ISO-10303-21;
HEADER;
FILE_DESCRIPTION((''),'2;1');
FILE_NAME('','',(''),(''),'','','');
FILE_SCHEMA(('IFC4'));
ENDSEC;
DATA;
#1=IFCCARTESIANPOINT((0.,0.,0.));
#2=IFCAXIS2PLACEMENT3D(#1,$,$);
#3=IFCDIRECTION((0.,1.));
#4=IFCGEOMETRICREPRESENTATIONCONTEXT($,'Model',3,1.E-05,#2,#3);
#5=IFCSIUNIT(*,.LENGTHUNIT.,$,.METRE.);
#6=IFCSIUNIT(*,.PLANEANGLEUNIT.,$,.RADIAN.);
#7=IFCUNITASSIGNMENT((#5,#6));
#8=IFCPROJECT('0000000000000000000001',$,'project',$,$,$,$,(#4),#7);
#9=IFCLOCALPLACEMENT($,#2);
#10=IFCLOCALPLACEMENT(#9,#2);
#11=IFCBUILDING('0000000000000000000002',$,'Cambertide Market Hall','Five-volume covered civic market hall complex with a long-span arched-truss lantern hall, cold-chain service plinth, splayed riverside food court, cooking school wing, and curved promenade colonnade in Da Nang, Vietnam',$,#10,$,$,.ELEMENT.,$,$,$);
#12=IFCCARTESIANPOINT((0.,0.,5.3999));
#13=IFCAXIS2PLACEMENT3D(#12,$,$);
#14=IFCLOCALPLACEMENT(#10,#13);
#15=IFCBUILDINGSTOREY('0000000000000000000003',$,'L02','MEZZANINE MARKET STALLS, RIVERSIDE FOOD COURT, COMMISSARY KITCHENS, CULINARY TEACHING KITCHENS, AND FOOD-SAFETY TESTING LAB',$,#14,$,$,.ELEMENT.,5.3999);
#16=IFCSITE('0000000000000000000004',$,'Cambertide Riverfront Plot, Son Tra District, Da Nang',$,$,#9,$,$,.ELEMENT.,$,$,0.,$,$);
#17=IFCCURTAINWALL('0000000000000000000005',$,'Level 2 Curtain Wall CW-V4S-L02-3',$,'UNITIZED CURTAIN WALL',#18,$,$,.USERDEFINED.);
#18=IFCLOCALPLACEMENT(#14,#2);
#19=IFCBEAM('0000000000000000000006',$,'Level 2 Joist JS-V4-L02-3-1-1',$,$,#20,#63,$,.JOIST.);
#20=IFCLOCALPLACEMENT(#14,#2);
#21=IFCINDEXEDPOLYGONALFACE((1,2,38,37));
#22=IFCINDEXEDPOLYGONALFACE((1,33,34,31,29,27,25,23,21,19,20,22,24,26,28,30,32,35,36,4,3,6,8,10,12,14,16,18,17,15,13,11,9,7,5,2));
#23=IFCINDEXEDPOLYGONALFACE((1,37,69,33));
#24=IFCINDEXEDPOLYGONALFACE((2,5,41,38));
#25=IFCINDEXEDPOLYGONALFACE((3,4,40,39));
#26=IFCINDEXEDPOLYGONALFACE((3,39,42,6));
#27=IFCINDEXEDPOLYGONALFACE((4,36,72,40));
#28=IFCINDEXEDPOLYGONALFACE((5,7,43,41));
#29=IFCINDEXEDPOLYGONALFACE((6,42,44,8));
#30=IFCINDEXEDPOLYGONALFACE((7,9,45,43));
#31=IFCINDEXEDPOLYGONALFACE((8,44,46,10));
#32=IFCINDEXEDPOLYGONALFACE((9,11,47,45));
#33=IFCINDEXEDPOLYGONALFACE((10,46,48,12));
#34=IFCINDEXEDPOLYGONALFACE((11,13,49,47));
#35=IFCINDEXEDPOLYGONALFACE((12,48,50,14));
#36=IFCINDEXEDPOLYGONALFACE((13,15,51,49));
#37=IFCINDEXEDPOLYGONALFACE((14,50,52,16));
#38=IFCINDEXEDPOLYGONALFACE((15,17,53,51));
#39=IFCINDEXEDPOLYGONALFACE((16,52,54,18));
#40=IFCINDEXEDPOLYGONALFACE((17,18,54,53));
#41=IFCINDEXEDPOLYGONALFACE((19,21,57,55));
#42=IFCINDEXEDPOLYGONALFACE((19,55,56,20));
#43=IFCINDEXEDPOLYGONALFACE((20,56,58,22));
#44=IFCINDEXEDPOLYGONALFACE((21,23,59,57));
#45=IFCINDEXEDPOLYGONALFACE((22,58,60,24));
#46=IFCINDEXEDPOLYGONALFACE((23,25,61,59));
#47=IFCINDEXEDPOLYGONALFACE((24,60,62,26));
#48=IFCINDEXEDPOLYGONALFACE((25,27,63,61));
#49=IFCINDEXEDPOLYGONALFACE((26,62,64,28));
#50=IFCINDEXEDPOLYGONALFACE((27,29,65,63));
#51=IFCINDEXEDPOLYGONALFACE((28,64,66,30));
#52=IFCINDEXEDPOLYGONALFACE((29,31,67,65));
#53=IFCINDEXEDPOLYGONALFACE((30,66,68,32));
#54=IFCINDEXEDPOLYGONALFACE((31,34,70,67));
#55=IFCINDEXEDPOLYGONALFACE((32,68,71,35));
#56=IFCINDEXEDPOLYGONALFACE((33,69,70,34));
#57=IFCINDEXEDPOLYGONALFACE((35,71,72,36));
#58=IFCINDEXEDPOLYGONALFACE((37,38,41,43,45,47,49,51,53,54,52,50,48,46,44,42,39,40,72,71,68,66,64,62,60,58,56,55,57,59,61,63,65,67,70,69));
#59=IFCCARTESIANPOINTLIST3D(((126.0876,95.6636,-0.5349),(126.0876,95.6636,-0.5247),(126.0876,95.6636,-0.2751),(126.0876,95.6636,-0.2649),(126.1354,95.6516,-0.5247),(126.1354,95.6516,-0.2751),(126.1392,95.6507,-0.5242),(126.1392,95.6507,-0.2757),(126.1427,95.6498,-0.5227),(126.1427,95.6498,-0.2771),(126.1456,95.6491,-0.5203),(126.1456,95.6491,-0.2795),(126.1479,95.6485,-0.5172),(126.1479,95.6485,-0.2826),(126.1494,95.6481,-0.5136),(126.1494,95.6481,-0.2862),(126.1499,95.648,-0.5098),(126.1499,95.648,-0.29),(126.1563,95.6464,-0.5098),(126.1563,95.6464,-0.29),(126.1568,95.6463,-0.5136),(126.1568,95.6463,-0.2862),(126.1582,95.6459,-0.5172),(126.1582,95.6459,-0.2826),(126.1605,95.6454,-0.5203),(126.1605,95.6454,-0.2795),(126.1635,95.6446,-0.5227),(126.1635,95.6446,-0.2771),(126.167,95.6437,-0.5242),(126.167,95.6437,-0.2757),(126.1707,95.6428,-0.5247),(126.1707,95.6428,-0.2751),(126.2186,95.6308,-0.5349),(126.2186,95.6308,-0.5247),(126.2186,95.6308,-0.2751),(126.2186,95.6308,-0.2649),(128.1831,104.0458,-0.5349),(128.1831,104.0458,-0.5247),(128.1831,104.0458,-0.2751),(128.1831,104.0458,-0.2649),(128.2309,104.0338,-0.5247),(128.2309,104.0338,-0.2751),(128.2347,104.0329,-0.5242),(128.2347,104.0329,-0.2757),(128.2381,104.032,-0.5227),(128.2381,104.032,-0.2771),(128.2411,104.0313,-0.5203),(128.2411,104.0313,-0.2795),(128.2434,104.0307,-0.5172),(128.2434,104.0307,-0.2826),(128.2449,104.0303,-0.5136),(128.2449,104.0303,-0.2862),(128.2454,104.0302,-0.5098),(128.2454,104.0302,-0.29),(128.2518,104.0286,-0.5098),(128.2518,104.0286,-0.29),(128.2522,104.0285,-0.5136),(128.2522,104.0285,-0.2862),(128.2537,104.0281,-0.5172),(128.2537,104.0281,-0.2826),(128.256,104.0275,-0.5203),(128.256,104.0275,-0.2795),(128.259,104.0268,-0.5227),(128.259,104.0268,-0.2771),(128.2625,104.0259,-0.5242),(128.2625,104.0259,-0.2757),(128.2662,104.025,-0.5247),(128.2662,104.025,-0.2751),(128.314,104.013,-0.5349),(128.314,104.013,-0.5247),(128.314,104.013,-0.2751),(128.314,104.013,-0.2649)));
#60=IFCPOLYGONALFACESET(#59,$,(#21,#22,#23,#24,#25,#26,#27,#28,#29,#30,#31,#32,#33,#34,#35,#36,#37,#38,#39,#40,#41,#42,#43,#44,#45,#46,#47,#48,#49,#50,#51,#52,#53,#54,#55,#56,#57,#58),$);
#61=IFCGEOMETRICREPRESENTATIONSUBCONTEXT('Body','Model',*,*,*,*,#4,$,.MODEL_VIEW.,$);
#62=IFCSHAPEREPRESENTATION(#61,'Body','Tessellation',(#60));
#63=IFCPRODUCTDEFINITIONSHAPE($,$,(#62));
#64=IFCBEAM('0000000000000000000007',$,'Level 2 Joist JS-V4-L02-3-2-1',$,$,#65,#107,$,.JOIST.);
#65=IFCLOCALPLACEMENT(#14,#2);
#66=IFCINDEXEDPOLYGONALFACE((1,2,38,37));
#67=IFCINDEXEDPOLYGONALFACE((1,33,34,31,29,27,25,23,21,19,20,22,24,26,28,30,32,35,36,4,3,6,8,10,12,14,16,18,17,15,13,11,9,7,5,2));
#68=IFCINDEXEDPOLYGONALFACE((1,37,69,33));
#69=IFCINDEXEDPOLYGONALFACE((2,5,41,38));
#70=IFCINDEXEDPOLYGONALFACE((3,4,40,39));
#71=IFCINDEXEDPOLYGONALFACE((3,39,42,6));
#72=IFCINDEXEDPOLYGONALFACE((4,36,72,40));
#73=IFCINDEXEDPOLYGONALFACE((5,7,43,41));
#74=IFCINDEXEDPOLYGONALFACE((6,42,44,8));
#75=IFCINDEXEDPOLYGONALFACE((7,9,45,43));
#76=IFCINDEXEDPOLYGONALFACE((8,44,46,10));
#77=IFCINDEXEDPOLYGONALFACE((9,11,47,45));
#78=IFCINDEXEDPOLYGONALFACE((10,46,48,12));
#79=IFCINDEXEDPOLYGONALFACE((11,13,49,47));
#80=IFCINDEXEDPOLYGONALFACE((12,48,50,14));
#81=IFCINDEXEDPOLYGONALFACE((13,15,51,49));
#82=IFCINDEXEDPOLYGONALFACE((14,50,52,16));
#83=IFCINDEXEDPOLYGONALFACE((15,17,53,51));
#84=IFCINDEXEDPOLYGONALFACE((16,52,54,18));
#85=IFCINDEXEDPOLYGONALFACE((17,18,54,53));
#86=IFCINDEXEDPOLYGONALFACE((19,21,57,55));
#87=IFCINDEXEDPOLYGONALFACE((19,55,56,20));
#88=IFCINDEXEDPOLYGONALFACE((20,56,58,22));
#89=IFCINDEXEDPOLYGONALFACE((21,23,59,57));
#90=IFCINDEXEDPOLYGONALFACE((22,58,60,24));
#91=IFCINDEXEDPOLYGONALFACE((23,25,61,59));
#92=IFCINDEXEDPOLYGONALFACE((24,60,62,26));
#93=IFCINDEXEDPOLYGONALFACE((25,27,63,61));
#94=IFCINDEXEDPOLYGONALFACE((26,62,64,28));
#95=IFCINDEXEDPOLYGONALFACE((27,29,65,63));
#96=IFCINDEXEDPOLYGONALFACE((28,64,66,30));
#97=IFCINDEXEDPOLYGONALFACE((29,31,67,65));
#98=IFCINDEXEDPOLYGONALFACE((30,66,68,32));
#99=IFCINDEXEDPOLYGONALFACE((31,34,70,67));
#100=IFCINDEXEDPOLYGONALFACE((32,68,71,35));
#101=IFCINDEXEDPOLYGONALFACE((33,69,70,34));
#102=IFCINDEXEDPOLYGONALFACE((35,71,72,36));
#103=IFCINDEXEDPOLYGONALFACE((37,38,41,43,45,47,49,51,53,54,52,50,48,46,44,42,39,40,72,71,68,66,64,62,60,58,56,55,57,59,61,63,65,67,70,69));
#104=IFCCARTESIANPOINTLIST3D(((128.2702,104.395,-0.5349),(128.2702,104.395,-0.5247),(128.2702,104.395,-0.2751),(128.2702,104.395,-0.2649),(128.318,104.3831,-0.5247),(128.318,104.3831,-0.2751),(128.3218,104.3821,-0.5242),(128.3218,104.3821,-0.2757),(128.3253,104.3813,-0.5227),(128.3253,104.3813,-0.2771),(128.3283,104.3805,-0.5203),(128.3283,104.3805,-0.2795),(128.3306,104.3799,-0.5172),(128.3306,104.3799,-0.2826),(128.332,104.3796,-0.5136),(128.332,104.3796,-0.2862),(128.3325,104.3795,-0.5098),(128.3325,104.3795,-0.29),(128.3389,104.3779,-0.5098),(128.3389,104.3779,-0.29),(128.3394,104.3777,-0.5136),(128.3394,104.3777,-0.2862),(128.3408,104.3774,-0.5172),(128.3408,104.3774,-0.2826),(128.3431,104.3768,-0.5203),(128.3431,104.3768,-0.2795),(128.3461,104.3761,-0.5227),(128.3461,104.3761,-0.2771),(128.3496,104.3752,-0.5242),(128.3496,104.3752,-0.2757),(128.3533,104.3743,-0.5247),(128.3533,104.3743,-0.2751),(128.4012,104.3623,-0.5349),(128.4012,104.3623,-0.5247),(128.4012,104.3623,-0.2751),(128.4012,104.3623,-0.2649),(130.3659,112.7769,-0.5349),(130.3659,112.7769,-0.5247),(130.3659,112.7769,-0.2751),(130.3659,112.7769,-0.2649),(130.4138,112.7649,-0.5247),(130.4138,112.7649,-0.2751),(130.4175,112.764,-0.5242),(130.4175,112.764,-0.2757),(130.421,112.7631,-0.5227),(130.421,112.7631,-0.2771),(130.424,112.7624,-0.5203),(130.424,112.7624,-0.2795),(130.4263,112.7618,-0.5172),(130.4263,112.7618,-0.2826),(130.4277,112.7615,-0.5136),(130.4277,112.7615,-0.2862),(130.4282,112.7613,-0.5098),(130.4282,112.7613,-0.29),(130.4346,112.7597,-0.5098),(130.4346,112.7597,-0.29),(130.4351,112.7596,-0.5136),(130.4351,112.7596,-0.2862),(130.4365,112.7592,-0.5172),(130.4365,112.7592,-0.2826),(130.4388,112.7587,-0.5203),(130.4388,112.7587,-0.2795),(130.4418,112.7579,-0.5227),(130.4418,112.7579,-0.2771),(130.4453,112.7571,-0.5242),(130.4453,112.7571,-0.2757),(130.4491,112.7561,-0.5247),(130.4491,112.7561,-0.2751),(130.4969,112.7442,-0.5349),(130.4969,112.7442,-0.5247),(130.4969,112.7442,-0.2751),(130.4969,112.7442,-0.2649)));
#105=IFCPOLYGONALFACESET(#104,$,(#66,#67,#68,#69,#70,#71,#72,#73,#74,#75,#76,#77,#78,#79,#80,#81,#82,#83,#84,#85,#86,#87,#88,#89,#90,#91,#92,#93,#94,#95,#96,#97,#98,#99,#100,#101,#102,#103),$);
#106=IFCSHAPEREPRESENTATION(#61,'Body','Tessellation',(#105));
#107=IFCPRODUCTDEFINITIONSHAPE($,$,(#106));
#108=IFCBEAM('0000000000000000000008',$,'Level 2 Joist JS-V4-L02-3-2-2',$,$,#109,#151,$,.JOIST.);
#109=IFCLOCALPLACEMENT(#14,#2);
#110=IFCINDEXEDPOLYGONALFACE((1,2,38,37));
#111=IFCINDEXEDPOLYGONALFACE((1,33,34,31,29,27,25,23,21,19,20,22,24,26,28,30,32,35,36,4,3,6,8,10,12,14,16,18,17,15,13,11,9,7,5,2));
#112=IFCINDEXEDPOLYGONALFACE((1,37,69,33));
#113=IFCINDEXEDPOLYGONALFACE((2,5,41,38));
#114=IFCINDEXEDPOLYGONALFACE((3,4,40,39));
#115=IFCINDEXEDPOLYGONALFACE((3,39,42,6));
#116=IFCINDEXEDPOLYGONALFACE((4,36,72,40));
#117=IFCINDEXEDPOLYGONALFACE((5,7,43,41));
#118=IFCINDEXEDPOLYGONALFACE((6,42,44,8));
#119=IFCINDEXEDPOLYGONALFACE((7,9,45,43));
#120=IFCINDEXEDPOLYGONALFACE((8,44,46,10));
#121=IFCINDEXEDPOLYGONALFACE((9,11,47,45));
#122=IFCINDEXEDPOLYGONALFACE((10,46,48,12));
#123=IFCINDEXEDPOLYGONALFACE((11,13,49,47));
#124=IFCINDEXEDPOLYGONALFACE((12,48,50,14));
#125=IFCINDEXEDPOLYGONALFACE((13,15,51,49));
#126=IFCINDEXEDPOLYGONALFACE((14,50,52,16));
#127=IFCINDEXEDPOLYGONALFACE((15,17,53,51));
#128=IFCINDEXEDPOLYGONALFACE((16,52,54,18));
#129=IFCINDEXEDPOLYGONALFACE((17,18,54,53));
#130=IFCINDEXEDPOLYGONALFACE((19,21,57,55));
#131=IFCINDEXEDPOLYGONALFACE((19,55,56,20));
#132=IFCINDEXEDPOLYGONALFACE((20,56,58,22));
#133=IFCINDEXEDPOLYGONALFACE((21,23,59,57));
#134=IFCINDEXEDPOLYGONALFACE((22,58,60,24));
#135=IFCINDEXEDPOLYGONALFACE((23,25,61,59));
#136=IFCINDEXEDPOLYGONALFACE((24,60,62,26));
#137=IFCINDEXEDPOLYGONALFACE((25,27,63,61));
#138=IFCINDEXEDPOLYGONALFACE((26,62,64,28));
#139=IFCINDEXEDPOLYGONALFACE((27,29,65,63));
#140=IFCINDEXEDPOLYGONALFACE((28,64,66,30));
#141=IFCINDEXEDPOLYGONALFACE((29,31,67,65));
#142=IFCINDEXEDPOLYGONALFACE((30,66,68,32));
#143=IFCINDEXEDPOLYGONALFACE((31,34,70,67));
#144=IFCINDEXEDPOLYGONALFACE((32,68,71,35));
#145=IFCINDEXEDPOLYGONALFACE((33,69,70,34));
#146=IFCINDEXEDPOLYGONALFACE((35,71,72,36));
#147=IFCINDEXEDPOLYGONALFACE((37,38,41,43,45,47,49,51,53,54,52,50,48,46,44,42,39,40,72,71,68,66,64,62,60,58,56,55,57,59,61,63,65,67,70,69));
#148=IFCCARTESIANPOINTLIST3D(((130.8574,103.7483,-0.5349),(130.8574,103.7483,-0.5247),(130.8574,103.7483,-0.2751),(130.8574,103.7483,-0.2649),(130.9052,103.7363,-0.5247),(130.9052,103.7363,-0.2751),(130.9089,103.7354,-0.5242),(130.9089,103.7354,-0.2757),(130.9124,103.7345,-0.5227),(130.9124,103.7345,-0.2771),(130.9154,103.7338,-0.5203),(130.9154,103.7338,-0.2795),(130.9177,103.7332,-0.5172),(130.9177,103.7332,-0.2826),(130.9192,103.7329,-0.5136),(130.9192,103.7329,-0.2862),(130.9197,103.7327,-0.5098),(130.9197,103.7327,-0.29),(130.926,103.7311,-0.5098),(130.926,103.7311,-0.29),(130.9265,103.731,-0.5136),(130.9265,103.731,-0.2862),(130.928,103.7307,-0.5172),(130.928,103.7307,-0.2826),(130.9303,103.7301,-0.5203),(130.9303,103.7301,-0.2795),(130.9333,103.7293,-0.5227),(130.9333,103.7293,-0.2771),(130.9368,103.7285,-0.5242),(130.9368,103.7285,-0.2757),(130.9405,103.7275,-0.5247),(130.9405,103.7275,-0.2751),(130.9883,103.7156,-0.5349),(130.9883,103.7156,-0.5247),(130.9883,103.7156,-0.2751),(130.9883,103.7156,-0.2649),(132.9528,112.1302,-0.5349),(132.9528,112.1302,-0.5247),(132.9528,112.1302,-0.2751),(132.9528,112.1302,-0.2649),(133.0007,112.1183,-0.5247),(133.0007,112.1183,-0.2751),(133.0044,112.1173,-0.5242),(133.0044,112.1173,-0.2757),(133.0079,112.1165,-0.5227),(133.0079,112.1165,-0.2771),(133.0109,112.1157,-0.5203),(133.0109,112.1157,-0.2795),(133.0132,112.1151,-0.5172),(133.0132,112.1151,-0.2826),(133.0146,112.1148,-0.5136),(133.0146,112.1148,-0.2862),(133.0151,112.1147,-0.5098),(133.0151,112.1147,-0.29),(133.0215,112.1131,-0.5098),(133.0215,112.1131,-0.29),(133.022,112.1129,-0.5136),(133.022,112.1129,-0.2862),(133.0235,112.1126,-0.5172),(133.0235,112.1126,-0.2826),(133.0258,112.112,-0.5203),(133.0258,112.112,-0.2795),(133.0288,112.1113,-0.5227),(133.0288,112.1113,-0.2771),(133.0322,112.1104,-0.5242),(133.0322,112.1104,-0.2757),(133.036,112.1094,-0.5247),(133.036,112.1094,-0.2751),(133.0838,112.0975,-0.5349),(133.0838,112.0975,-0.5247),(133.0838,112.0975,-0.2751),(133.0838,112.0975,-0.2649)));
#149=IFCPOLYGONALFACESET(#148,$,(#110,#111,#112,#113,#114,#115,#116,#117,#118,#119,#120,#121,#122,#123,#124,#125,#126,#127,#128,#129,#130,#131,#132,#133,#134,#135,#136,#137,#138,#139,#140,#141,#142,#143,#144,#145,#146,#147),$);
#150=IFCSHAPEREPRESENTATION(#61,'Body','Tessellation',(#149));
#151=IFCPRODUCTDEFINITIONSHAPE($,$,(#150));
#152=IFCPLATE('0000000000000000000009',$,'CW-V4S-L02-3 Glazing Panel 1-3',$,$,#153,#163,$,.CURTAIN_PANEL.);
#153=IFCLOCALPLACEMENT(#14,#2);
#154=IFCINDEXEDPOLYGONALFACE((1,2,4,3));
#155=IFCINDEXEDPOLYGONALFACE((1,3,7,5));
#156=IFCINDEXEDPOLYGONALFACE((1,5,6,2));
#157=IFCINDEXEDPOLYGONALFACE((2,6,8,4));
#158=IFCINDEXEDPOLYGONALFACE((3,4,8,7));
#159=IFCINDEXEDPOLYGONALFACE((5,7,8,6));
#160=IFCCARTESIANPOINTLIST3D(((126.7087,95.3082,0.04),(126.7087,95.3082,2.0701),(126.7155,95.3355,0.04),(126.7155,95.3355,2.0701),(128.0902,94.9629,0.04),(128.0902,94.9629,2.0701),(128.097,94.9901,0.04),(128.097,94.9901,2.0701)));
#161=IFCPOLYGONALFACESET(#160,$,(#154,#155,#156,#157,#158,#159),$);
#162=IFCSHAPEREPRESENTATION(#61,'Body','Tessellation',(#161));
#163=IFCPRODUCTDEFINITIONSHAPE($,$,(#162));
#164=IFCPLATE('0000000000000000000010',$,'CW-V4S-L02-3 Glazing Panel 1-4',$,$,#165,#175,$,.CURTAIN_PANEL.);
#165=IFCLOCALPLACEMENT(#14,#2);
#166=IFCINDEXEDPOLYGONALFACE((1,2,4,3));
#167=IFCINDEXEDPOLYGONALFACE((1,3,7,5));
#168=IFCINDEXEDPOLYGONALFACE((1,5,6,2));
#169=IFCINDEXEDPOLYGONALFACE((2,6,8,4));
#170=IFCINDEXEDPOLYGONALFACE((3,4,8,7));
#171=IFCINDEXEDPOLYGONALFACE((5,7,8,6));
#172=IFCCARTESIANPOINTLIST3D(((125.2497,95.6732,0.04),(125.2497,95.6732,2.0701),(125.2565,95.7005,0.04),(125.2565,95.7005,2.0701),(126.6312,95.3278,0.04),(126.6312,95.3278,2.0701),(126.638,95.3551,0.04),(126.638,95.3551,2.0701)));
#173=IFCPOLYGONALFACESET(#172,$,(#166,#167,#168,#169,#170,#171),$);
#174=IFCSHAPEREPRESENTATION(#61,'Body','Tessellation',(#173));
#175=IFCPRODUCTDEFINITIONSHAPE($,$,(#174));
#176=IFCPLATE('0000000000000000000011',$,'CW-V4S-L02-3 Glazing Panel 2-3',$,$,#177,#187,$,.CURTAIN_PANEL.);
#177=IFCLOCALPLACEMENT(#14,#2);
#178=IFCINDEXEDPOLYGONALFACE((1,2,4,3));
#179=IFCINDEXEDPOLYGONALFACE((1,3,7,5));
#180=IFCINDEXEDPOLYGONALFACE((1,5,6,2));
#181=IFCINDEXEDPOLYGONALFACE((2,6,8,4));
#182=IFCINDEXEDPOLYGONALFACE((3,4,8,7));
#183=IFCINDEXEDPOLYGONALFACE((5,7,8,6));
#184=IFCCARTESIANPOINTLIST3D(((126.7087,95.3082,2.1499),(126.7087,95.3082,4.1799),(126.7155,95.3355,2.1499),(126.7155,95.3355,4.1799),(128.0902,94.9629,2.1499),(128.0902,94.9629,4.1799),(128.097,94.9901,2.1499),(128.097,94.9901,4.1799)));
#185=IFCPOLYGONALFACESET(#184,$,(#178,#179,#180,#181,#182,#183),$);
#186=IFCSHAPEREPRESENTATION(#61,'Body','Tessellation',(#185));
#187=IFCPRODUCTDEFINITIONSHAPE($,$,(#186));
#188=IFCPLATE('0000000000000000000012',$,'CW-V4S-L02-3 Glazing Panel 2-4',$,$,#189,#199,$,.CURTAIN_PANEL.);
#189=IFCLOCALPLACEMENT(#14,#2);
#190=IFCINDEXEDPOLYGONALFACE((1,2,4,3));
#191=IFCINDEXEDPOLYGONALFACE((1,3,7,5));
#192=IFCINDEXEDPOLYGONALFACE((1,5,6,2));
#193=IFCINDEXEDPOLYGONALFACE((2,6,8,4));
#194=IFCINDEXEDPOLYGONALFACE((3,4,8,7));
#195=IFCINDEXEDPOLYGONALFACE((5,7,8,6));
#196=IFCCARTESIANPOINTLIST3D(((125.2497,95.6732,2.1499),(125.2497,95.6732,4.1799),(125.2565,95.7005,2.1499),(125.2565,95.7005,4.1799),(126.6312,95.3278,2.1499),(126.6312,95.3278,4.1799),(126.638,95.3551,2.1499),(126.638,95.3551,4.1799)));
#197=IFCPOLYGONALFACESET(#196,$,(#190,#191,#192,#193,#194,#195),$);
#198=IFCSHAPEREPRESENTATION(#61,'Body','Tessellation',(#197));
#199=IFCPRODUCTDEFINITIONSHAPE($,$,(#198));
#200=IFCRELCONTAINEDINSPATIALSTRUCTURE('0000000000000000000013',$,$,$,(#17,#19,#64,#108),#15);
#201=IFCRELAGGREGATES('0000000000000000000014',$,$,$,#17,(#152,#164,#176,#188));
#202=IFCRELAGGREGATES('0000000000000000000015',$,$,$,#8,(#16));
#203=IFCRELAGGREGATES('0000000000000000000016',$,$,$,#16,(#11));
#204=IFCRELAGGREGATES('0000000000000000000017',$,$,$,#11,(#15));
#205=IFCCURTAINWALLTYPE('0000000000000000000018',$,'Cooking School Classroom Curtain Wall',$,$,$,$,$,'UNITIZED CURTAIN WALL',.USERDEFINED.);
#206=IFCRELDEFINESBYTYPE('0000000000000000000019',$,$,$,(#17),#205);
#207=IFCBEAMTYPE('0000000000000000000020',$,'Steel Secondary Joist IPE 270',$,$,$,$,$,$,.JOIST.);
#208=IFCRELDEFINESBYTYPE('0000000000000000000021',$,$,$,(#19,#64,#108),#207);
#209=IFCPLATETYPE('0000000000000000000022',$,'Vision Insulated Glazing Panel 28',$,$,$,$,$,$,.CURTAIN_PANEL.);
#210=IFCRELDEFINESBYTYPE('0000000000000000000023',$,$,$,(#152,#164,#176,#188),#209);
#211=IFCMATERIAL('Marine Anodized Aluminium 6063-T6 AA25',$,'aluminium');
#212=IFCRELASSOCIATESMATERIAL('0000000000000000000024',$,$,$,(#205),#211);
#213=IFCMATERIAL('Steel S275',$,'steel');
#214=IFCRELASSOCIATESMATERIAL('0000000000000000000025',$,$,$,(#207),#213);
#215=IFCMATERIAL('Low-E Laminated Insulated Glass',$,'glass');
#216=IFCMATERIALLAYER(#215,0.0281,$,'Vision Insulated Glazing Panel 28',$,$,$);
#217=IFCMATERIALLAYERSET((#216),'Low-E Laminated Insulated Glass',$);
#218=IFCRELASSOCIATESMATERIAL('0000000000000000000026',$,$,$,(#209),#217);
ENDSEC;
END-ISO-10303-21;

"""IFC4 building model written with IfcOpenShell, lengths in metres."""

from ifc_helpers import new_model, si_unit, direction, frame, origin, origin_2d, place, context, subcontext, project, spatial, rectangle, i_section, extrude, material, layer, layer_set, material_profile, profile_set, type_object, element, aggregate, save


model = new_model("IFC4")

# Units and contexts
model_context = context("Model", 3, precision=1e-05, world=origin(), true_north=direction((0.0, 1.0)))
body_context = subcontext(model_context, "Body", "Model", "MODEL_VIEW")
ifc_project = project(units=[si_unit("LENGTHUNIT", "METRE"), si_unit("PLANEANGLEUNIT", "RADIAN")], contexts=[model_context])

# Site, building, storey
site_placement = place(None, origin())
site = spatial("IfcSite", under=ifc_project, at=site_placement, Name="Cambertide Riverfront Plot, Son Tra District, Da Nang", CompositionType="ELEMENT", RefElevation=0.0)
building_placement = place(site_placement, origin())
building = spatial("IfcBuilding", under=site, at=building_placement, Name="Cambertide Market Hall", Description="Five-volume covered civic market hall complex with a long-span arched-truss lantern hall, cold-chain service plinth, splayed riverside food court, cooking school wing, and curved promenade colonnade in Da Nang, Vietnam", CompositionType="ELEMENT")
storey_placement = place(building_placement, frame((0.0, 0.0, 5.3999)))
storey = spatial("IfcBuildingStorey", under=building, at=storey_placement, Name="L02", Description="MEZZANINE MARKET STALLS, RIVERSIDE FOOD COURT, COMMISSARY KITCHENS, CULINARY TEACHING KITCHENS, AND FOOD-SAFETY TESTING LAB", CompositionType="ELEMENT", Elevation=5.3999)

# Curtain wall
ifc_material_1 = material(Name="Marine Anodized Aluminium 6063-T6 AA25", Category="aluminium")
curtain_wall_type = type_object("IfcCurtainWallType", Name="Cooking School Classroom Curtain Wall", ElementType="UNITIZED CURTAIN WALL", PredefinedType="USERDEFINED", material=ifc_material_1)
curtain_wall_placement = place(storey_placement, origin())
curtain_wall = element("IfcCurtainWall", 1, at=curtain_wall_placement, inside=storey, type_object=curtain_wall_type, Name="Level 2 Curtain Wall CW-V4S-L02-3", ObjectType="UNITIZED CURTAIN WALL", PredefinedType="USERDEFINED")

# Beams
ifc_material_2 = material(Name="Steel S275", Category="steel")
ifc_material_profile_1 = material_profile(ifc_material_2, i_section(OverallWidth=0.135, OverallDepth=0.27, WebThickness=0.0066, FlangeThickness=0.0103, FilletRadius=0.0149, at=origin_2d()), Name="IPE 270")
ifc_profile_set_1 = profile_set([ifc_material_profile_1], Name="Steel S275")
beam_type_1 = type_object("IfcBeamType", Name="Steel Secondary Joist IPE 270", PredefinedType="JOIST", material=ifc_profile_set_1)
beam_1_placement = place(storey_placement, frame((126.1531, 95.6472, -0.3999), z_axis=(0.242529, 0.970144, 0.0), x_axis=(-0.970144, 0.242529, 0.0)))
element("IfcBeam", 2, at=beam_1_placement, inside=storey, type_object=beam_type_1, Name="Level 2 Joist JS-V4-L02-3-1-1", PredefinedType="JOIST", context=body_context, shape_type="SweptSolid", body=[
    extrude(i_section(OverallWidth=0.135, OverallDepth=0.27, WebThickness=0.0066, FlangeThickness=0.0103, FilletRadius=0.0149, at=origin_2d()), origin(), (0.0, 0.0, 1.0), 8.6401),
])
for number, where, z_axis, x_axis, name in (
    (3, (128.3357, 104.3787, -0.3999), (0.242562, 0.970136, 0.0), (-0.970136, 0.242562, 0.0), "Level 2 Joist JS-V4-L02-3-2-1"),
    (4, (130.9229, 103.7319, -0.3999), (0.242536, 0.970143, 0.0), (-0.970143, 0.242536, 0.0), "Level 2 Joist JS-V4-L02-3-2-2"),
):
    element("IfcBeam", number, at=place(storey_placement, frame(where, z_axis=z_axis, x_axis=x_axis)), inside=storey, type_object=beam_type_1, Name=name, PredefinedType="JOIST", context=body_context, shape_type="SweptSolid", body=[
        extrude(i_section(OverallWidth=0.135, OverallDepth=0.27, WebThickness=0.0066, FlangeThickness=0.0103, FilletRadius=0.0149, at=origin_2d()), origin(), (0.0, 0.0, 1.0), 8.6399),
    ])

# Plates
ifc_material_3 = material(Name="Low-E Laminated Insulated Glass", Category="glass")
ifc_layer_1 = layer(ifc_material_3, 0.0281, Name="Vision Insulated Glazing Panel 28")
ifc_layer_set_1 = layer_set([ifc_layer_1], Name="Low-E Laminated Insulated Glass")
plate_type = type_object("IfcPlateType", Name="Vision Insulated Glazing Panel 28", PredefinedType="CURTAIN_PANEL", material=ifc_layer_set_1)
plate_1_placement = place(storey_placement, frame((127.4028, 95.1492, 0.04), z_axis=(0.0, 0.0, 1.0), x_axis=(-0.970143, 0.242535, 0.0)))
plate_1 = element("IfcPlate", 5, at=plate_1_placement, type_object=plate_type, Name="CW-V4S-L02-3 Glazing Panel 1-3", PredefinedType="CURTAIN_PANEL", context=body_context, shape_type="SweptSolid", body=[
    extrude(rectangle(XDim=1.4241, YDim=0.0281, at=origin_2d()), origin(), (0.0, 0.0, 1.0), 2.03),
])
plate_2_placement = place(storey_placement, frame((125.9438, 95.5142, 0.04), z_axis=(0.0, 0.0, 1.0), x_axis=(-0.970143, 0.242535, 0.0)))
plate_2 = element("IfcPlate", 6, at=plate_2_placement, type_object=plate_type, Name="CW-V4S-L02-3 Glazing Panel 1-4", PredefinedType="CURTAIN_PANEL", context=body_context, shape_type="SweptSolid", body=[
    extrude(rectangle(XDim=1.4241, YDim=0.0281, at=origin_2d()), origin(), (0.0, 0.0, 1.0), 2.03),
])
plate_3_placement = place(storey_placement, frame((127.4028, 95.1492, 2.1499), z_axis=(0.0, 0.0, 1.0), x_axis=(-0.970143, 0.242535, 0.0)))
plate_3 = element("IfcPlate", 7, at=plate_3_placement, type_object=plate_type, Name="CW-V4S-L02-3 Glazing Panel 2-3", PredefinedType="CURTAIN_PANEL", context=body_context, shape_type="SweptSolid", body=[
    extrude(rectangle(XDim=1.4241, YDim=0.0281, at=origin_2d()), origin(), (0.0, 0.0, 1.0), 2.03),
])
plate_4_placement = place(storey_placement, frame((125.9438, 95.5142, 2.1499), z_axis=(0.0, 0.0, 1.0), x_axis=(-0.970143, 0.242535, 0.0)))
plate_4 = element("IfcPlate", 8, at=plate_4_placement, type_object=plate_type, Name="CW-V4S-L02-3 Glazing Panel 2-4", PredefinedType="CURTAIN_PANEL", context=body_context, shape_type="SweptSolid", body=[
    extrude(rectangle(XDim=1.4241, YDim=0.0281, at=origin_2d()), origin(), (0.0, 0.0, 1.0), 2.03),
])
aggregate(curtain_wall, [plate_1, plate_2, plate_3, plate_4])

save(model, "model.ifc")
